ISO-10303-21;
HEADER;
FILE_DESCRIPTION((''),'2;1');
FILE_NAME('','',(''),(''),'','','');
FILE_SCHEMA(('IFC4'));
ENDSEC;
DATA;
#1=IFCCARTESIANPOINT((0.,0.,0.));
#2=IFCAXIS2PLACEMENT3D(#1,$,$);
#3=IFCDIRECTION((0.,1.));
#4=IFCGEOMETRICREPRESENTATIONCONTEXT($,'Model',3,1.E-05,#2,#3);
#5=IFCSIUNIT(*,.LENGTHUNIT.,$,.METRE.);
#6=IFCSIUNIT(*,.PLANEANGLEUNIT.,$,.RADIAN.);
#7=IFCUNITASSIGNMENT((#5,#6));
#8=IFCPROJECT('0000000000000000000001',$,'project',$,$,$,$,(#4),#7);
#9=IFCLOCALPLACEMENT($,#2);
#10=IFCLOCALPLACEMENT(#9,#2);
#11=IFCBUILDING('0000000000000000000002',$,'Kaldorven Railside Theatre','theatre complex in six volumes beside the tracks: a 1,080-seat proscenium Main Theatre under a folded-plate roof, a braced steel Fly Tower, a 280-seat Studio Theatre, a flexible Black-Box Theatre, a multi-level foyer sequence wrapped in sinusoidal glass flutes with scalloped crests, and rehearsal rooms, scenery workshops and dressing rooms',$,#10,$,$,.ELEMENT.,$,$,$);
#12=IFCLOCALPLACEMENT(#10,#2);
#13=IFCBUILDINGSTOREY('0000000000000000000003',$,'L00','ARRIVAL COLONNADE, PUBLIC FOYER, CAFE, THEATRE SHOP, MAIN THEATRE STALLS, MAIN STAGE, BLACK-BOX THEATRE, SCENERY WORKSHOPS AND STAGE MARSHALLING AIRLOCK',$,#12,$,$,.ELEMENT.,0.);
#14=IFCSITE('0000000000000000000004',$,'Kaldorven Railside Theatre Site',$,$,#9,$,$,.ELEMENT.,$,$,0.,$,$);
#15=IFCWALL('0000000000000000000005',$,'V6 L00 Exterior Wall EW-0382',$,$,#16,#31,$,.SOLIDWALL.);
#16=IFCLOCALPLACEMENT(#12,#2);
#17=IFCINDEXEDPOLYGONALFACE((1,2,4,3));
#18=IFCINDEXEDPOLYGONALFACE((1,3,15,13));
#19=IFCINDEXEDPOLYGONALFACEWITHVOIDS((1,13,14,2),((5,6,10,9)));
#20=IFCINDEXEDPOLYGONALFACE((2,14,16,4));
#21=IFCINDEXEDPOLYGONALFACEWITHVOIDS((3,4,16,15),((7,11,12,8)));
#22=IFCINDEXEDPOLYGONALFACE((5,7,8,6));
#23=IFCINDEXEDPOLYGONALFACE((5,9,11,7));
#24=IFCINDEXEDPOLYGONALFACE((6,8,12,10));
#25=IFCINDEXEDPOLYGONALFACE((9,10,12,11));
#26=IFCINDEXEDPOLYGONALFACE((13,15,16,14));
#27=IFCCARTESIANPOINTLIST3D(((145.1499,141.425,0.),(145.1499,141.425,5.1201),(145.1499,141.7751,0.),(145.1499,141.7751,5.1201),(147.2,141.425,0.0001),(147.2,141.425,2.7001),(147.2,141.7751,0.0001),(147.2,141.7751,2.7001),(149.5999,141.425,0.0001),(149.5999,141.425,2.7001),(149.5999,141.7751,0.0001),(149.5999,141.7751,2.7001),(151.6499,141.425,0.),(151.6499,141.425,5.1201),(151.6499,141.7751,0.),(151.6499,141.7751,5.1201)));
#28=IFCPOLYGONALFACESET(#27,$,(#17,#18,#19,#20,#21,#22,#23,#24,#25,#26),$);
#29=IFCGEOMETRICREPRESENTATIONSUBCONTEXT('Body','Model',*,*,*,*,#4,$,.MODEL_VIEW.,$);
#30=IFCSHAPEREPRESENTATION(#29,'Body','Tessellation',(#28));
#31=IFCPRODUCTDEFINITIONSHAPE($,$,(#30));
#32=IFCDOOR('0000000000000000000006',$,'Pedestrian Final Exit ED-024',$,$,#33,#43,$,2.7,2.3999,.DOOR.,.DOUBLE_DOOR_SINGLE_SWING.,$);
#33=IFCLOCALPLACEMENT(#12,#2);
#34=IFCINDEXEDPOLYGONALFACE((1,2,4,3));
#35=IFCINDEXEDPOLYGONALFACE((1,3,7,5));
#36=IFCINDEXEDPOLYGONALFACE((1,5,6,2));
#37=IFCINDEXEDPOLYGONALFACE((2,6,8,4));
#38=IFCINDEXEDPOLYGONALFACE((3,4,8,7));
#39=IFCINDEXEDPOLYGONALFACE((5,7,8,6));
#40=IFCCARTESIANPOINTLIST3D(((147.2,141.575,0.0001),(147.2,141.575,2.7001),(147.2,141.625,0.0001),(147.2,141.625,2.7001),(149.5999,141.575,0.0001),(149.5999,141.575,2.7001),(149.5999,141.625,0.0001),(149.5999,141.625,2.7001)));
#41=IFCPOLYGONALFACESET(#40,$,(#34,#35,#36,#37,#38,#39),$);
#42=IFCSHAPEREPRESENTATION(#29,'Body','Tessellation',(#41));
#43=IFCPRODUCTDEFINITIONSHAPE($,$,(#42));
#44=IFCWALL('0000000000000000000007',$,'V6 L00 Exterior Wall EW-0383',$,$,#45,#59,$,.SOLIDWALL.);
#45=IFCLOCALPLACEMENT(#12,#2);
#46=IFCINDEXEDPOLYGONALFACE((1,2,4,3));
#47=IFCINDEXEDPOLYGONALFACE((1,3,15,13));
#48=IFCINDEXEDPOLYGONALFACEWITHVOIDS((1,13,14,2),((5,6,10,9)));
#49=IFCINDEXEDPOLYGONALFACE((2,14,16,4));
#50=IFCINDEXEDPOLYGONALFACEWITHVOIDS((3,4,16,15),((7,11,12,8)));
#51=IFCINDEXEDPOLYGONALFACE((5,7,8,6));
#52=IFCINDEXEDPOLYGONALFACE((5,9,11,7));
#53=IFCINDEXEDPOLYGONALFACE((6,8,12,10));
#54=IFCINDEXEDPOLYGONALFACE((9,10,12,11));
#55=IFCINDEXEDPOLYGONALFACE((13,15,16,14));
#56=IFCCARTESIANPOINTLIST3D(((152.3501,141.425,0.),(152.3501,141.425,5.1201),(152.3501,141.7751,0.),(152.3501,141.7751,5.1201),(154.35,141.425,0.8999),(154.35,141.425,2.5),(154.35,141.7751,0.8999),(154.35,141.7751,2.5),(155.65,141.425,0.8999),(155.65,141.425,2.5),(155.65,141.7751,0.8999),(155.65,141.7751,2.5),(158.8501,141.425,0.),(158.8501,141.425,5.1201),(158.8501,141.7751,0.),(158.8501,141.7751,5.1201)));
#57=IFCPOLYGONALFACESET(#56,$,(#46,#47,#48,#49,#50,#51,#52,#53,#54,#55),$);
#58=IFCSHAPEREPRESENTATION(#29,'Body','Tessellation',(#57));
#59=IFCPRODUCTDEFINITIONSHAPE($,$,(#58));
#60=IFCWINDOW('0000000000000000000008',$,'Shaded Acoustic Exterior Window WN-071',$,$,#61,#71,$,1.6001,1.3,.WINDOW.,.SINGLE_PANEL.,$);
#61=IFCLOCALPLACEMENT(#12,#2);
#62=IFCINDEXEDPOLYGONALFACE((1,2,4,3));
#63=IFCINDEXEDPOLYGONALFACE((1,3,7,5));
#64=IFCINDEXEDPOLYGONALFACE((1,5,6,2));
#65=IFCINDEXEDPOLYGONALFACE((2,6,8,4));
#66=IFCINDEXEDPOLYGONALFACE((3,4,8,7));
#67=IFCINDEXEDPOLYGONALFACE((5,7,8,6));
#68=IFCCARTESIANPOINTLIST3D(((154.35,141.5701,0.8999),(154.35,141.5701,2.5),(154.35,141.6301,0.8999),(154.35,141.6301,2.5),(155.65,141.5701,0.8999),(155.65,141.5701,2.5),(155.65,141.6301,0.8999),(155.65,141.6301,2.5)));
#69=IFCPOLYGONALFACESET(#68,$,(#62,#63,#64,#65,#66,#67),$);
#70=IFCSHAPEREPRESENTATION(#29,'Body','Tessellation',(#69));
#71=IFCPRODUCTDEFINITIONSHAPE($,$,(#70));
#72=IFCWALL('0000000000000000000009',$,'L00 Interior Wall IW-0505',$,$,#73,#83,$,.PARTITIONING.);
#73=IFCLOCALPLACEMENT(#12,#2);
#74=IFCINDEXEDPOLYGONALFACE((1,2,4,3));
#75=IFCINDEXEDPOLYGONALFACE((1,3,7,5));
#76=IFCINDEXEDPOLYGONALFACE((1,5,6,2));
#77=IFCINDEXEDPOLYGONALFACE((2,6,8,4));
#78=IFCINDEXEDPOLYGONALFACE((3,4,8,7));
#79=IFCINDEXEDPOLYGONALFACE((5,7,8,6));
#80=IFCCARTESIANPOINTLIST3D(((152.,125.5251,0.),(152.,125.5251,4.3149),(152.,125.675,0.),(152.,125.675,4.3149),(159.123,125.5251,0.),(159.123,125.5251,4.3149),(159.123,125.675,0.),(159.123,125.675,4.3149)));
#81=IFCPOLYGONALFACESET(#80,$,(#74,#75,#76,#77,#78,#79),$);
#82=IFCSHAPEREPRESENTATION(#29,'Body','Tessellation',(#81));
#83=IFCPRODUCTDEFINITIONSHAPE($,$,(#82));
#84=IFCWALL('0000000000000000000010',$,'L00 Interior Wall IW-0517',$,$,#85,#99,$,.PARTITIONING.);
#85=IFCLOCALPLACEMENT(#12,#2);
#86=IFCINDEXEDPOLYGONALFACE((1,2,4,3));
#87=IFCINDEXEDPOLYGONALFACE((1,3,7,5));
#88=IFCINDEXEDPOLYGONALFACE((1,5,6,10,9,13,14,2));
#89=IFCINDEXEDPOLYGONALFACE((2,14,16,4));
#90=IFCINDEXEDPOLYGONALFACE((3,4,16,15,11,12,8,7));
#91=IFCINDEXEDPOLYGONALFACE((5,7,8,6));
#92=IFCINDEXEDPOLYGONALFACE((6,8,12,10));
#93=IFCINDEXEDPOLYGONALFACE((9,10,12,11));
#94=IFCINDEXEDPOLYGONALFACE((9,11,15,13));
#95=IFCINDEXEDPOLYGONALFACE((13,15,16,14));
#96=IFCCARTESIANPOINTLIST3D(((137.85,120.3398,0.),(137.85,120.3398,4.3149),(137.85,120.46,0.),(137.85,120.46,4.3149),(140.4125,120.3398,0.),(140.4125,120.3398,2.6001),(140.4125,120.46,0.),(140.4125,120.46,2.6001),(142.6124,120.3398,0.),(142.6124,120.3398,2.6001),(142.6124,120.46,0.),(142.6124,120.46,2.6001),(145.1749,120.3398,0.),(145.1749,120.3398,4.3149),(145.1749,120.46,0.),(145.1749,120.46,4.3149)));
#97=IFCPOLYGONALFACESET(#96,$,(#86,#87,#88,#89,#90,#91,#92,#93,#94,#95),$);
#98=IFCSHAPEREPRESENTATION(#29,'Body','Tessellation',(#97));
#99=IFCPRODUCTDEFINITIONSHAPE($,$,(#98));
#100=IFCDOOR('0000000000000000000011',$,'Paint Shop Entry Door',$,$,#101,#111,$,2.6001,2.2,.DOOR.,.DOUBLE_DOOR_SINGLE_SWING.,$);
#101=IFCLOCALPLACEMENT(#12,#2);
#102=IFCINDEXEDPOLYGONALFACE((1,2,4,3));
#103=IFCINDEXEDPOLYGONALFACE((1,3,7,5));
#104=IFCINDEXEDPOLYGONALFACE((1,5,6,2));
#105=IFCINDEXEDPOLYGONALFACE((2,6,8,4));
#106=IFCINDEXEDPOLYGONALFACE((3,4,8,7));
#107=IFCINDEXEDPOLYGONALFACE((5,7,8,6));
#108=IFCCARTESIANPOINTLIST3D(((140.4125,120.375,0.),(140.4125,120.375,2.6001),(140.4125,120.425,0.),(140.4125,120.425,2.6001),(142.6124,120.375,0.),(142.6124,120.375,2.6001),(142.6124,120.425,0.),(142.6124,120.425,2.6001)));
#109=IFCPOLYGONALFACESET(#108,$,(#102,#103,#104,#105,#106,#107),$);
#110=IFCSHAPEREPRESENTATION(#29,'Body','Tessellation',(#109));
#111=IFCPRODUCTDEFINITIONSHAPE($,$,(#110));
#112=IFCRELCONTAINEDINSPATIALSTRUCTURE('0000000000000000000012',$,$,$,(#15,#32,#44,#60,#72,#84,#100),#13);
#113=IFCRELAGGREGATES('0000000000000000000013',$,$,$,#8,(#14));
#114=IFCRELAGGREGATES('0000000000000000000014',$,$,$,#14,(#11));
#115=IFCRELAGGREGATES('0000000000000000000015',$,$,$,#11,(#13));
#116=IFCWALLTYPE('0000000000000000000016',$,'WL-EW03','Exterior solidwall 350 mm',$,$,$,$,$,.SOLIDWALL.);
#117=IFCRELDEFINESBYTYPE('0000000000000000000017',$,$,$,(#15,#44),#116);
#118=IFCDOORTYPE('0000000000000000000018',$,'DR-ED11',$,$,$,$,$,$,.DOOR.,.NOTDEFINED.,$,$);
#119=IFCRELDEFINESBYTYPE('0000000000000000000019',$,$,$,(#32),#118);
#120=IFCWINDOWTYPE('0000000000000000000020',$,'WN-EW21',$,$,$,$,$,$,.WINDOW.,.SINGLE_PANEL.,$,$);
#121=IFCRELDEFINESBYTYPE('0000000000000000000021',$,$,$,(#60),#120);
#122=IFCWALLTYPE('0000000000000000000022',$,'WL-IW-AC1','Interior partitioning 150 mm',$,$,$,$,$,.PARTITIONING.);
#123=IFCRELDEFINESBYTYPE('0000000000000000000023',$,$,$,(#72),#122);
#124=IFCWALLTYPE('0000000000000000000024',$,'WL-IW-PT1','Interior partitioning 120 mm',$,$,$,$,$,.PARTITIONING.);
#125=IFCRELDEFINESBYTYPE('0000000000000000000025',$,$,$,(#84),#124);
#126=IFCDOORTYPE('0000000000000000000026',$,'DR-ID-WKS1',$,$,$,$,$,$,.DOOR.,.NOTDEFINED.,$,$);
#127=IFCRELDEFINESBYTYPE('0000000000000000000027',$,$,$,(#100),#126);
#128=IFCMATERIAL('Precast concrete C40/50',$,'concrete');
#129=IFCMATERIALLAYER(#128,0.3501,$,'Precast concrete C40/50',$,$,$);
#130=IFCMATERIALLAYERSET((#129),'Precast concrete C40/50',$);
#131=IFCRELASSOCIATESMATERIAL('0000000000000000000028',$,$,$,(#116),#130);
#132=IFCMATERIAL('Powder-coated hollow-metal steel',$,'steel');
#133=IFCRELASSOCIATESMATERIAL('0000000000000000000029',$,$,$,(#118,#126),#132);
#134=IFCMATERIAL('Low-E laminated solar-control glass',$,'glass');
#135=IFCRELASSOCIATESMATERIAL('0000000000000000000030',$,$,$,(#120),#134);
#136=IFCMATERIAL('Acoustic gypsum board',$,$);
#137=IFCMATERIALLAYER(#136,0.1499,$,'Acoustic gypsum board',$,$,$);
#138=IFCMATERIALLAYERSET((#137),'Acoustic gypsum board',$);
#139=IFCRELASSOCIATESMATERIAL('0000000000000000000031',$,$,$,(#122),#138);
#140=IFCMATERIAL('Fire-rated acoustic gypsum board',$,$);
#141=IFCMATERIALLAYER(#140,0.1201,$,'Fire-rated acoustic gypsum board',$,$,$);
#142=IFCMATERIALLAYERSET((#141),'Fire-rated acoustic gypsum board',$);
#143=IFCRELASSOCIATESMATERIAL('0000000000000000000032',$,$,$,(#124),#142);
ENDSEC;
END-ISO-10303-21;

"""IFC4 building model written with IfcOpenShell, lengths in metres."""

from ifc_helpers import new_model, si_unit, direction, frame, frame_2d, origin, place, context, subcontext, project, spatial, rectangle, extrude, material, layer, layer_set, type_object, element, fill, save


model = new_model("IFC4")

# Units and contexts
model_context = context("Model", 3, precision=1e-05, world=origin(), true_north=direction((0.0, 1.0)))
body_context = subcontext(model_context, "Body", "Model", "MODEL_VIEW")
ifc_project = project(units=[si_unit("LENGTHUNIT", "METRE"), si_unit("PLANEANGLEUNIT", "RADIAN")], contexts=[model_context])

# Site, building, storey
site_placement = place(None, origin())
site = spatial("IfcSite", under=ifc_project, at=site_placement, Name="Kaldorven Railside Theatre Site", CompositionType="ELEMENT", RefElevation=0.0)
building_placement = place(site_placement, origin())
building = spatial("IfcBuilding", under=site, at=building_placement, Name="Kaldorven Railside Theatre", Description="theatre complex in six volumes beside the tracks: a 1,080-seat proscenium Main Theatre under a folded-plate roof, a braced steel Fly Tower, a 280-seat Studio Theatre, a flexible Black-Box Theatre, a multi-level foyer sequence wrapped in sinusoidal glass flutes with scalloped crests, and rehearsal rooms, scenery workshops and dressing rooms", CompositionType="ELEMENT")
storey_placement = place(building_placement, origin())
storey = spatial("IfcBuildingStorey", under=building, at=storey_placement, Name="L00", Description="ARRIVAL COLONNADE, PUBLIC FOYER, CAFE, THEATRE SHOP, MAIN THEATRE STALLS, MAIN STAGE, BLACK-BOX THEATRE, SCENERY WORKSHOPS AND STAGE MARSHALLING AIRLOCK", CompositionType="ELEMENT", Elevation=0.0)

# Wall, opening, door
ifc_material_1 = material(Name="Precast concrete C40/50", Category="concrete")
ifc_layer_1 = layer(ifc_material_1, 0.3501, Name="Precast concrete C40/50")
ifc_layer_set_1 = layer_set([ifc_layer_1], Name="Precast concrete C40/50")
wall_type_1 = type_object("IfcWallType", Name="WL-EW03", Description="Exterior solidwall 350 mm", PredefinedType="SOLIDWALL", material=ifc_layer_set_1)
wall_1_placement = place(storey_placement, frame((145.1499, 141.6001, 0.0), z_axis=(0.0, 0.0, 1.0), x_axis=(1.0, 0.0, 0.0)))
wall_1 = element("IfcWall", 1, at=wall_1_placement, inside=storey, type_object=wall_type_1, Name="V6 L00 Exterior Wall EW-0382", PredefinedType="SOLIDWALL", context=body_context, shape_type="SweptSolid", body=[
    extrude(rectangle(XDim=6.5, YDim=0.3501, at=frame_2d((3.25, 0.0))), origin(), (0.0, 0.0, 1.0), 5.1201),
])
opening_1_placement = place(wall_1_placement, frame((2.05, 0.0, 0.0)))
opening_1 = element("IfcOpeningElement", 2, at=opening_1_placement, cuts=wall_1, PredefinedType="OPENING", context=body_context, shape_type="SweptSolid", body=[
    extrude(rectangle(XDim=2.3999, YDim=2.7, at=frame_2d((1.2, 1.3501))), frame((0.0, 0.1851, 0.0), z_axis=(0.0, -1.0, 0.0), x_axis=(1.0, 0.0, 0.0)), (0.0, 0.0, 1.0), 0.3701),
])
ifc_material_2 = material(Name="Powder-coated hollow-metal steel", Category="steel")
door_type_1 = type_object("IfcDoorType", Name="DR-ED11", OperationType="NOTDEFINED", PredefinedType="DOOR", material=ifc_material_2)
door_1_placement = place(opening_1_placement, origin())
door_1 = element("IfcDoor", 3, at=door_1_placement, inside=storey, type_object=door_type_1, Name="Pedestrian Final Exit ED-024", OperationType="DOUBLE_DOOR_SINGLE_SWING", OverallHeight=2.7, OverallWidth=2.3999, PredefinedType="DOOR", context=body_context, shape_type="SweptSolid", body=[
    extrude(rectangle(XDim=2.3999, YDim=2.7, at=frame_2d((1.2, 1.3501))), frame((0.0, 0.0249, 0.0), z_axis=(0.0, -1.0, 0.0), x_axis=(1.0, 0.0, 0.0)), (0.0, 0.0, 1.0), 0.05),
])
fill(opening_1, door_1)

# Wall, opening, window
wall_2_placement = place(storey_placement, frame((152.3501, 141.6001, 0.0), z_axis=(0.0, 0.0, 1.0), x_axis=(1.0, 0.0, 0.0)))
wall_2 = element("IfcWall", 4, at=wall_2_placement, inside=storey, type_object=wall_type_1, Name="V6 L00 Exterior Wall EW-0383", PredefinedType="SOLIDWALL", context=body_context, shape_type="SweptSolid", body=[
    extrude(rectangle(XDim=6.5, YDim=0.3501, at=frame_2d((3.25, 0.0))), origin(), (0.0, 0.0, 1.0), 5.1201),
])
opening_2_placement = place(wall_2_placement, frame((2.0, 0.0, 0.8999)))
opening_2 = element("IfcOpeningElement", 5, at=opening_2_placement, cuts=wall_2, PredefinedType="OPENING", context=body_context, shape_type="SweptSolid", body=[
    extrude(rectangle(XDim=1.3, YDim=1.6001, at=frame_2d((0.6499, 0.8))), frame((0.0, 0.1851, 0.0), z_axis=(0.0, -1.0, 0.0), x_axis=(1.0, 0.0, 0.0)), (0.0, 0.0, 1.0), 0.3701),
])
ifc_material_3 = material(Name="Low-E laminated solar-control glass", Category="glass")
window_type = type_object("IfcWindowType", Name="WN-EW21", PartitioningType="SINGLE_PANEL", PredefinedType="WINDOW", material=ifc_material_3)
window_placement = place(opening_2_placement, origin())
window = element("IfcWindow", 6, at=window_placement, inside=storey, type_object=window_type, Name="Shaded Acoustic Exterior Window WN-071", OverallHeight=1.6001, OverallWidth=1.3, PartitioningType="SINGLE_PANEL", PredefinedType="WINDOW", context=body_context, shape_type="SweptSolid", body=[
    extrude(rectangle(XDim=1.3, YDim=1.6001, at=frame_2d((0.6499, 0.8))), frame((0.0, 0.03, 0.0), z_axis=(0.0, -1.0, 0.0), x_axis=(1.0, 0.0, 0.0)), (0.0, 0.0, 1.0), 0.0601),
])
fill(opening_2, window)

# Wall
ifc_material_4 = material(Name="Acoustic gypsum board")
ifc_layer_2 = layer(ifc_material_4, 0.1499, Name="Acoustic gypsum board")
ifc_layer_set_2 = layer_set([ifc_layer_2], Name="Acoustic gypsum board")
wall_type_2 = type_object("IfcWallType", Name="WL-IW-AC1", Description="Interior partitioning 150 mm", PredefinedType="PARTITIONING", material=ifc_layer_set_2)
wall_3_placement = place(storey_placement, frame((152.0, 125.6001, 0.0), z_axis=(0.0, 0.0, 1.0), x_axis=(1.0, 0.0, 0.0)))
element("IfcWall", 7, at=wall_3_placement, inside=storey, type_object=wall_type_2, Name="L00 Interior Wall IW-0505", PredefinedType="PARTITIONING", context=body_context, shape_type="SweptSolid", body=[
    extrude(rectangle(XDim=7.123, YDim=0.1499, at=frame_2d((3.5615, 0.0))), origin(), (0.0, 0.0, 1.0), 4.3149),
])

# Wall, opening, door
ifc_material_5 = material(Name="Fire-rated acoustic gypsum board")
ifc_layer_3 = layer(ifc_material_5, 0.1201, Name="Fire-rated acoustic gypsum board")
ifc_layer_set_3 = layer_set([ifc_layer_3], Name="Fire-rated acoustic gypsum board")
wall_type_3 = type_object("IfcWallType", Name="WL-IW-PT1", Description="Interior partitioning 120 mm", PredefinedType="PARTITIONING", material=ifc_layer_set_3)
wall_4_placement = place(storey_placement, frame((145.175, 120.3999, 0.0), z_axis=(0.0, 0.0, 1.0), x_axis=(-1.0, 0.0, 0.0)))
wall_4 = element("IfcWall", 8, at=wall_4_placement, inside=storey, type_object=wall_type_3, Name="L00 Interior Wall IW-0517", PredefinedType="PARTITIONING", context=body_context, shape_type="SweptSolid", body=[
    extrude(rectangle(XDim=7.325, YDim=0.1201, at=frame_2d((3.6626, 0.0))), origin(), (0.0, 0.0, 1.0), 4.3149),
])
opening_3_placement = place(wall_4_placement, frame((2.5625, 0.0, 0.0)))
opening_3 = element("IfcOpeningElement", 9, at=opening_3_placement, cuts=wall_4, PredefinedType="OPENING", context=body_context, shape_type="SweptSolid", body=[
    extrude(rectangle(XDim=2.2, YDim=2.6001, at=frame_2d((1.1001, 1.3))), frame((0.0, 0.0701, 0.0), z_axis=(0.0, -1.0, 0.0), x_axis=(1.0, 0.0, 0.0)), (0.0, 0.0, 1.0), 0.1401),
])
door_type_2 = type_object("IfcDoorType", Name="DR-ID-WKS1", OperationType="NOTDEFINED", PredefinedType="DOOR", material=ifc_material_2)
door_2_placement = place(opening_3_placement, origin())
door_2 = element("IfcDoor", 10, at=door_2_placement, inside=storey, type_object=door_type_2, Name="Paint Shop Entry Door", OperationType="DOUBLE_DOOR_SINGLE_SWING", OverallHeight=2.6001, OverallWidth=2.2, PredefinedType="DOOR", context=body_context, shape_type="SweptSolid", body=[
    extrude(rectangle(XDim=2.2, YDim=2.6001, at=frame_2d((1.1001, 1.3))), frame((0.0, 0.0249, 0.0), z_axis=(0.0, -1.0, 0.0), x_axis=(1.0, 0.0, 0.0)), (0.0, 0.0, 1.0), 0.05),
])
fill(opening_3, door_2)

save(model, "model.ifc")
